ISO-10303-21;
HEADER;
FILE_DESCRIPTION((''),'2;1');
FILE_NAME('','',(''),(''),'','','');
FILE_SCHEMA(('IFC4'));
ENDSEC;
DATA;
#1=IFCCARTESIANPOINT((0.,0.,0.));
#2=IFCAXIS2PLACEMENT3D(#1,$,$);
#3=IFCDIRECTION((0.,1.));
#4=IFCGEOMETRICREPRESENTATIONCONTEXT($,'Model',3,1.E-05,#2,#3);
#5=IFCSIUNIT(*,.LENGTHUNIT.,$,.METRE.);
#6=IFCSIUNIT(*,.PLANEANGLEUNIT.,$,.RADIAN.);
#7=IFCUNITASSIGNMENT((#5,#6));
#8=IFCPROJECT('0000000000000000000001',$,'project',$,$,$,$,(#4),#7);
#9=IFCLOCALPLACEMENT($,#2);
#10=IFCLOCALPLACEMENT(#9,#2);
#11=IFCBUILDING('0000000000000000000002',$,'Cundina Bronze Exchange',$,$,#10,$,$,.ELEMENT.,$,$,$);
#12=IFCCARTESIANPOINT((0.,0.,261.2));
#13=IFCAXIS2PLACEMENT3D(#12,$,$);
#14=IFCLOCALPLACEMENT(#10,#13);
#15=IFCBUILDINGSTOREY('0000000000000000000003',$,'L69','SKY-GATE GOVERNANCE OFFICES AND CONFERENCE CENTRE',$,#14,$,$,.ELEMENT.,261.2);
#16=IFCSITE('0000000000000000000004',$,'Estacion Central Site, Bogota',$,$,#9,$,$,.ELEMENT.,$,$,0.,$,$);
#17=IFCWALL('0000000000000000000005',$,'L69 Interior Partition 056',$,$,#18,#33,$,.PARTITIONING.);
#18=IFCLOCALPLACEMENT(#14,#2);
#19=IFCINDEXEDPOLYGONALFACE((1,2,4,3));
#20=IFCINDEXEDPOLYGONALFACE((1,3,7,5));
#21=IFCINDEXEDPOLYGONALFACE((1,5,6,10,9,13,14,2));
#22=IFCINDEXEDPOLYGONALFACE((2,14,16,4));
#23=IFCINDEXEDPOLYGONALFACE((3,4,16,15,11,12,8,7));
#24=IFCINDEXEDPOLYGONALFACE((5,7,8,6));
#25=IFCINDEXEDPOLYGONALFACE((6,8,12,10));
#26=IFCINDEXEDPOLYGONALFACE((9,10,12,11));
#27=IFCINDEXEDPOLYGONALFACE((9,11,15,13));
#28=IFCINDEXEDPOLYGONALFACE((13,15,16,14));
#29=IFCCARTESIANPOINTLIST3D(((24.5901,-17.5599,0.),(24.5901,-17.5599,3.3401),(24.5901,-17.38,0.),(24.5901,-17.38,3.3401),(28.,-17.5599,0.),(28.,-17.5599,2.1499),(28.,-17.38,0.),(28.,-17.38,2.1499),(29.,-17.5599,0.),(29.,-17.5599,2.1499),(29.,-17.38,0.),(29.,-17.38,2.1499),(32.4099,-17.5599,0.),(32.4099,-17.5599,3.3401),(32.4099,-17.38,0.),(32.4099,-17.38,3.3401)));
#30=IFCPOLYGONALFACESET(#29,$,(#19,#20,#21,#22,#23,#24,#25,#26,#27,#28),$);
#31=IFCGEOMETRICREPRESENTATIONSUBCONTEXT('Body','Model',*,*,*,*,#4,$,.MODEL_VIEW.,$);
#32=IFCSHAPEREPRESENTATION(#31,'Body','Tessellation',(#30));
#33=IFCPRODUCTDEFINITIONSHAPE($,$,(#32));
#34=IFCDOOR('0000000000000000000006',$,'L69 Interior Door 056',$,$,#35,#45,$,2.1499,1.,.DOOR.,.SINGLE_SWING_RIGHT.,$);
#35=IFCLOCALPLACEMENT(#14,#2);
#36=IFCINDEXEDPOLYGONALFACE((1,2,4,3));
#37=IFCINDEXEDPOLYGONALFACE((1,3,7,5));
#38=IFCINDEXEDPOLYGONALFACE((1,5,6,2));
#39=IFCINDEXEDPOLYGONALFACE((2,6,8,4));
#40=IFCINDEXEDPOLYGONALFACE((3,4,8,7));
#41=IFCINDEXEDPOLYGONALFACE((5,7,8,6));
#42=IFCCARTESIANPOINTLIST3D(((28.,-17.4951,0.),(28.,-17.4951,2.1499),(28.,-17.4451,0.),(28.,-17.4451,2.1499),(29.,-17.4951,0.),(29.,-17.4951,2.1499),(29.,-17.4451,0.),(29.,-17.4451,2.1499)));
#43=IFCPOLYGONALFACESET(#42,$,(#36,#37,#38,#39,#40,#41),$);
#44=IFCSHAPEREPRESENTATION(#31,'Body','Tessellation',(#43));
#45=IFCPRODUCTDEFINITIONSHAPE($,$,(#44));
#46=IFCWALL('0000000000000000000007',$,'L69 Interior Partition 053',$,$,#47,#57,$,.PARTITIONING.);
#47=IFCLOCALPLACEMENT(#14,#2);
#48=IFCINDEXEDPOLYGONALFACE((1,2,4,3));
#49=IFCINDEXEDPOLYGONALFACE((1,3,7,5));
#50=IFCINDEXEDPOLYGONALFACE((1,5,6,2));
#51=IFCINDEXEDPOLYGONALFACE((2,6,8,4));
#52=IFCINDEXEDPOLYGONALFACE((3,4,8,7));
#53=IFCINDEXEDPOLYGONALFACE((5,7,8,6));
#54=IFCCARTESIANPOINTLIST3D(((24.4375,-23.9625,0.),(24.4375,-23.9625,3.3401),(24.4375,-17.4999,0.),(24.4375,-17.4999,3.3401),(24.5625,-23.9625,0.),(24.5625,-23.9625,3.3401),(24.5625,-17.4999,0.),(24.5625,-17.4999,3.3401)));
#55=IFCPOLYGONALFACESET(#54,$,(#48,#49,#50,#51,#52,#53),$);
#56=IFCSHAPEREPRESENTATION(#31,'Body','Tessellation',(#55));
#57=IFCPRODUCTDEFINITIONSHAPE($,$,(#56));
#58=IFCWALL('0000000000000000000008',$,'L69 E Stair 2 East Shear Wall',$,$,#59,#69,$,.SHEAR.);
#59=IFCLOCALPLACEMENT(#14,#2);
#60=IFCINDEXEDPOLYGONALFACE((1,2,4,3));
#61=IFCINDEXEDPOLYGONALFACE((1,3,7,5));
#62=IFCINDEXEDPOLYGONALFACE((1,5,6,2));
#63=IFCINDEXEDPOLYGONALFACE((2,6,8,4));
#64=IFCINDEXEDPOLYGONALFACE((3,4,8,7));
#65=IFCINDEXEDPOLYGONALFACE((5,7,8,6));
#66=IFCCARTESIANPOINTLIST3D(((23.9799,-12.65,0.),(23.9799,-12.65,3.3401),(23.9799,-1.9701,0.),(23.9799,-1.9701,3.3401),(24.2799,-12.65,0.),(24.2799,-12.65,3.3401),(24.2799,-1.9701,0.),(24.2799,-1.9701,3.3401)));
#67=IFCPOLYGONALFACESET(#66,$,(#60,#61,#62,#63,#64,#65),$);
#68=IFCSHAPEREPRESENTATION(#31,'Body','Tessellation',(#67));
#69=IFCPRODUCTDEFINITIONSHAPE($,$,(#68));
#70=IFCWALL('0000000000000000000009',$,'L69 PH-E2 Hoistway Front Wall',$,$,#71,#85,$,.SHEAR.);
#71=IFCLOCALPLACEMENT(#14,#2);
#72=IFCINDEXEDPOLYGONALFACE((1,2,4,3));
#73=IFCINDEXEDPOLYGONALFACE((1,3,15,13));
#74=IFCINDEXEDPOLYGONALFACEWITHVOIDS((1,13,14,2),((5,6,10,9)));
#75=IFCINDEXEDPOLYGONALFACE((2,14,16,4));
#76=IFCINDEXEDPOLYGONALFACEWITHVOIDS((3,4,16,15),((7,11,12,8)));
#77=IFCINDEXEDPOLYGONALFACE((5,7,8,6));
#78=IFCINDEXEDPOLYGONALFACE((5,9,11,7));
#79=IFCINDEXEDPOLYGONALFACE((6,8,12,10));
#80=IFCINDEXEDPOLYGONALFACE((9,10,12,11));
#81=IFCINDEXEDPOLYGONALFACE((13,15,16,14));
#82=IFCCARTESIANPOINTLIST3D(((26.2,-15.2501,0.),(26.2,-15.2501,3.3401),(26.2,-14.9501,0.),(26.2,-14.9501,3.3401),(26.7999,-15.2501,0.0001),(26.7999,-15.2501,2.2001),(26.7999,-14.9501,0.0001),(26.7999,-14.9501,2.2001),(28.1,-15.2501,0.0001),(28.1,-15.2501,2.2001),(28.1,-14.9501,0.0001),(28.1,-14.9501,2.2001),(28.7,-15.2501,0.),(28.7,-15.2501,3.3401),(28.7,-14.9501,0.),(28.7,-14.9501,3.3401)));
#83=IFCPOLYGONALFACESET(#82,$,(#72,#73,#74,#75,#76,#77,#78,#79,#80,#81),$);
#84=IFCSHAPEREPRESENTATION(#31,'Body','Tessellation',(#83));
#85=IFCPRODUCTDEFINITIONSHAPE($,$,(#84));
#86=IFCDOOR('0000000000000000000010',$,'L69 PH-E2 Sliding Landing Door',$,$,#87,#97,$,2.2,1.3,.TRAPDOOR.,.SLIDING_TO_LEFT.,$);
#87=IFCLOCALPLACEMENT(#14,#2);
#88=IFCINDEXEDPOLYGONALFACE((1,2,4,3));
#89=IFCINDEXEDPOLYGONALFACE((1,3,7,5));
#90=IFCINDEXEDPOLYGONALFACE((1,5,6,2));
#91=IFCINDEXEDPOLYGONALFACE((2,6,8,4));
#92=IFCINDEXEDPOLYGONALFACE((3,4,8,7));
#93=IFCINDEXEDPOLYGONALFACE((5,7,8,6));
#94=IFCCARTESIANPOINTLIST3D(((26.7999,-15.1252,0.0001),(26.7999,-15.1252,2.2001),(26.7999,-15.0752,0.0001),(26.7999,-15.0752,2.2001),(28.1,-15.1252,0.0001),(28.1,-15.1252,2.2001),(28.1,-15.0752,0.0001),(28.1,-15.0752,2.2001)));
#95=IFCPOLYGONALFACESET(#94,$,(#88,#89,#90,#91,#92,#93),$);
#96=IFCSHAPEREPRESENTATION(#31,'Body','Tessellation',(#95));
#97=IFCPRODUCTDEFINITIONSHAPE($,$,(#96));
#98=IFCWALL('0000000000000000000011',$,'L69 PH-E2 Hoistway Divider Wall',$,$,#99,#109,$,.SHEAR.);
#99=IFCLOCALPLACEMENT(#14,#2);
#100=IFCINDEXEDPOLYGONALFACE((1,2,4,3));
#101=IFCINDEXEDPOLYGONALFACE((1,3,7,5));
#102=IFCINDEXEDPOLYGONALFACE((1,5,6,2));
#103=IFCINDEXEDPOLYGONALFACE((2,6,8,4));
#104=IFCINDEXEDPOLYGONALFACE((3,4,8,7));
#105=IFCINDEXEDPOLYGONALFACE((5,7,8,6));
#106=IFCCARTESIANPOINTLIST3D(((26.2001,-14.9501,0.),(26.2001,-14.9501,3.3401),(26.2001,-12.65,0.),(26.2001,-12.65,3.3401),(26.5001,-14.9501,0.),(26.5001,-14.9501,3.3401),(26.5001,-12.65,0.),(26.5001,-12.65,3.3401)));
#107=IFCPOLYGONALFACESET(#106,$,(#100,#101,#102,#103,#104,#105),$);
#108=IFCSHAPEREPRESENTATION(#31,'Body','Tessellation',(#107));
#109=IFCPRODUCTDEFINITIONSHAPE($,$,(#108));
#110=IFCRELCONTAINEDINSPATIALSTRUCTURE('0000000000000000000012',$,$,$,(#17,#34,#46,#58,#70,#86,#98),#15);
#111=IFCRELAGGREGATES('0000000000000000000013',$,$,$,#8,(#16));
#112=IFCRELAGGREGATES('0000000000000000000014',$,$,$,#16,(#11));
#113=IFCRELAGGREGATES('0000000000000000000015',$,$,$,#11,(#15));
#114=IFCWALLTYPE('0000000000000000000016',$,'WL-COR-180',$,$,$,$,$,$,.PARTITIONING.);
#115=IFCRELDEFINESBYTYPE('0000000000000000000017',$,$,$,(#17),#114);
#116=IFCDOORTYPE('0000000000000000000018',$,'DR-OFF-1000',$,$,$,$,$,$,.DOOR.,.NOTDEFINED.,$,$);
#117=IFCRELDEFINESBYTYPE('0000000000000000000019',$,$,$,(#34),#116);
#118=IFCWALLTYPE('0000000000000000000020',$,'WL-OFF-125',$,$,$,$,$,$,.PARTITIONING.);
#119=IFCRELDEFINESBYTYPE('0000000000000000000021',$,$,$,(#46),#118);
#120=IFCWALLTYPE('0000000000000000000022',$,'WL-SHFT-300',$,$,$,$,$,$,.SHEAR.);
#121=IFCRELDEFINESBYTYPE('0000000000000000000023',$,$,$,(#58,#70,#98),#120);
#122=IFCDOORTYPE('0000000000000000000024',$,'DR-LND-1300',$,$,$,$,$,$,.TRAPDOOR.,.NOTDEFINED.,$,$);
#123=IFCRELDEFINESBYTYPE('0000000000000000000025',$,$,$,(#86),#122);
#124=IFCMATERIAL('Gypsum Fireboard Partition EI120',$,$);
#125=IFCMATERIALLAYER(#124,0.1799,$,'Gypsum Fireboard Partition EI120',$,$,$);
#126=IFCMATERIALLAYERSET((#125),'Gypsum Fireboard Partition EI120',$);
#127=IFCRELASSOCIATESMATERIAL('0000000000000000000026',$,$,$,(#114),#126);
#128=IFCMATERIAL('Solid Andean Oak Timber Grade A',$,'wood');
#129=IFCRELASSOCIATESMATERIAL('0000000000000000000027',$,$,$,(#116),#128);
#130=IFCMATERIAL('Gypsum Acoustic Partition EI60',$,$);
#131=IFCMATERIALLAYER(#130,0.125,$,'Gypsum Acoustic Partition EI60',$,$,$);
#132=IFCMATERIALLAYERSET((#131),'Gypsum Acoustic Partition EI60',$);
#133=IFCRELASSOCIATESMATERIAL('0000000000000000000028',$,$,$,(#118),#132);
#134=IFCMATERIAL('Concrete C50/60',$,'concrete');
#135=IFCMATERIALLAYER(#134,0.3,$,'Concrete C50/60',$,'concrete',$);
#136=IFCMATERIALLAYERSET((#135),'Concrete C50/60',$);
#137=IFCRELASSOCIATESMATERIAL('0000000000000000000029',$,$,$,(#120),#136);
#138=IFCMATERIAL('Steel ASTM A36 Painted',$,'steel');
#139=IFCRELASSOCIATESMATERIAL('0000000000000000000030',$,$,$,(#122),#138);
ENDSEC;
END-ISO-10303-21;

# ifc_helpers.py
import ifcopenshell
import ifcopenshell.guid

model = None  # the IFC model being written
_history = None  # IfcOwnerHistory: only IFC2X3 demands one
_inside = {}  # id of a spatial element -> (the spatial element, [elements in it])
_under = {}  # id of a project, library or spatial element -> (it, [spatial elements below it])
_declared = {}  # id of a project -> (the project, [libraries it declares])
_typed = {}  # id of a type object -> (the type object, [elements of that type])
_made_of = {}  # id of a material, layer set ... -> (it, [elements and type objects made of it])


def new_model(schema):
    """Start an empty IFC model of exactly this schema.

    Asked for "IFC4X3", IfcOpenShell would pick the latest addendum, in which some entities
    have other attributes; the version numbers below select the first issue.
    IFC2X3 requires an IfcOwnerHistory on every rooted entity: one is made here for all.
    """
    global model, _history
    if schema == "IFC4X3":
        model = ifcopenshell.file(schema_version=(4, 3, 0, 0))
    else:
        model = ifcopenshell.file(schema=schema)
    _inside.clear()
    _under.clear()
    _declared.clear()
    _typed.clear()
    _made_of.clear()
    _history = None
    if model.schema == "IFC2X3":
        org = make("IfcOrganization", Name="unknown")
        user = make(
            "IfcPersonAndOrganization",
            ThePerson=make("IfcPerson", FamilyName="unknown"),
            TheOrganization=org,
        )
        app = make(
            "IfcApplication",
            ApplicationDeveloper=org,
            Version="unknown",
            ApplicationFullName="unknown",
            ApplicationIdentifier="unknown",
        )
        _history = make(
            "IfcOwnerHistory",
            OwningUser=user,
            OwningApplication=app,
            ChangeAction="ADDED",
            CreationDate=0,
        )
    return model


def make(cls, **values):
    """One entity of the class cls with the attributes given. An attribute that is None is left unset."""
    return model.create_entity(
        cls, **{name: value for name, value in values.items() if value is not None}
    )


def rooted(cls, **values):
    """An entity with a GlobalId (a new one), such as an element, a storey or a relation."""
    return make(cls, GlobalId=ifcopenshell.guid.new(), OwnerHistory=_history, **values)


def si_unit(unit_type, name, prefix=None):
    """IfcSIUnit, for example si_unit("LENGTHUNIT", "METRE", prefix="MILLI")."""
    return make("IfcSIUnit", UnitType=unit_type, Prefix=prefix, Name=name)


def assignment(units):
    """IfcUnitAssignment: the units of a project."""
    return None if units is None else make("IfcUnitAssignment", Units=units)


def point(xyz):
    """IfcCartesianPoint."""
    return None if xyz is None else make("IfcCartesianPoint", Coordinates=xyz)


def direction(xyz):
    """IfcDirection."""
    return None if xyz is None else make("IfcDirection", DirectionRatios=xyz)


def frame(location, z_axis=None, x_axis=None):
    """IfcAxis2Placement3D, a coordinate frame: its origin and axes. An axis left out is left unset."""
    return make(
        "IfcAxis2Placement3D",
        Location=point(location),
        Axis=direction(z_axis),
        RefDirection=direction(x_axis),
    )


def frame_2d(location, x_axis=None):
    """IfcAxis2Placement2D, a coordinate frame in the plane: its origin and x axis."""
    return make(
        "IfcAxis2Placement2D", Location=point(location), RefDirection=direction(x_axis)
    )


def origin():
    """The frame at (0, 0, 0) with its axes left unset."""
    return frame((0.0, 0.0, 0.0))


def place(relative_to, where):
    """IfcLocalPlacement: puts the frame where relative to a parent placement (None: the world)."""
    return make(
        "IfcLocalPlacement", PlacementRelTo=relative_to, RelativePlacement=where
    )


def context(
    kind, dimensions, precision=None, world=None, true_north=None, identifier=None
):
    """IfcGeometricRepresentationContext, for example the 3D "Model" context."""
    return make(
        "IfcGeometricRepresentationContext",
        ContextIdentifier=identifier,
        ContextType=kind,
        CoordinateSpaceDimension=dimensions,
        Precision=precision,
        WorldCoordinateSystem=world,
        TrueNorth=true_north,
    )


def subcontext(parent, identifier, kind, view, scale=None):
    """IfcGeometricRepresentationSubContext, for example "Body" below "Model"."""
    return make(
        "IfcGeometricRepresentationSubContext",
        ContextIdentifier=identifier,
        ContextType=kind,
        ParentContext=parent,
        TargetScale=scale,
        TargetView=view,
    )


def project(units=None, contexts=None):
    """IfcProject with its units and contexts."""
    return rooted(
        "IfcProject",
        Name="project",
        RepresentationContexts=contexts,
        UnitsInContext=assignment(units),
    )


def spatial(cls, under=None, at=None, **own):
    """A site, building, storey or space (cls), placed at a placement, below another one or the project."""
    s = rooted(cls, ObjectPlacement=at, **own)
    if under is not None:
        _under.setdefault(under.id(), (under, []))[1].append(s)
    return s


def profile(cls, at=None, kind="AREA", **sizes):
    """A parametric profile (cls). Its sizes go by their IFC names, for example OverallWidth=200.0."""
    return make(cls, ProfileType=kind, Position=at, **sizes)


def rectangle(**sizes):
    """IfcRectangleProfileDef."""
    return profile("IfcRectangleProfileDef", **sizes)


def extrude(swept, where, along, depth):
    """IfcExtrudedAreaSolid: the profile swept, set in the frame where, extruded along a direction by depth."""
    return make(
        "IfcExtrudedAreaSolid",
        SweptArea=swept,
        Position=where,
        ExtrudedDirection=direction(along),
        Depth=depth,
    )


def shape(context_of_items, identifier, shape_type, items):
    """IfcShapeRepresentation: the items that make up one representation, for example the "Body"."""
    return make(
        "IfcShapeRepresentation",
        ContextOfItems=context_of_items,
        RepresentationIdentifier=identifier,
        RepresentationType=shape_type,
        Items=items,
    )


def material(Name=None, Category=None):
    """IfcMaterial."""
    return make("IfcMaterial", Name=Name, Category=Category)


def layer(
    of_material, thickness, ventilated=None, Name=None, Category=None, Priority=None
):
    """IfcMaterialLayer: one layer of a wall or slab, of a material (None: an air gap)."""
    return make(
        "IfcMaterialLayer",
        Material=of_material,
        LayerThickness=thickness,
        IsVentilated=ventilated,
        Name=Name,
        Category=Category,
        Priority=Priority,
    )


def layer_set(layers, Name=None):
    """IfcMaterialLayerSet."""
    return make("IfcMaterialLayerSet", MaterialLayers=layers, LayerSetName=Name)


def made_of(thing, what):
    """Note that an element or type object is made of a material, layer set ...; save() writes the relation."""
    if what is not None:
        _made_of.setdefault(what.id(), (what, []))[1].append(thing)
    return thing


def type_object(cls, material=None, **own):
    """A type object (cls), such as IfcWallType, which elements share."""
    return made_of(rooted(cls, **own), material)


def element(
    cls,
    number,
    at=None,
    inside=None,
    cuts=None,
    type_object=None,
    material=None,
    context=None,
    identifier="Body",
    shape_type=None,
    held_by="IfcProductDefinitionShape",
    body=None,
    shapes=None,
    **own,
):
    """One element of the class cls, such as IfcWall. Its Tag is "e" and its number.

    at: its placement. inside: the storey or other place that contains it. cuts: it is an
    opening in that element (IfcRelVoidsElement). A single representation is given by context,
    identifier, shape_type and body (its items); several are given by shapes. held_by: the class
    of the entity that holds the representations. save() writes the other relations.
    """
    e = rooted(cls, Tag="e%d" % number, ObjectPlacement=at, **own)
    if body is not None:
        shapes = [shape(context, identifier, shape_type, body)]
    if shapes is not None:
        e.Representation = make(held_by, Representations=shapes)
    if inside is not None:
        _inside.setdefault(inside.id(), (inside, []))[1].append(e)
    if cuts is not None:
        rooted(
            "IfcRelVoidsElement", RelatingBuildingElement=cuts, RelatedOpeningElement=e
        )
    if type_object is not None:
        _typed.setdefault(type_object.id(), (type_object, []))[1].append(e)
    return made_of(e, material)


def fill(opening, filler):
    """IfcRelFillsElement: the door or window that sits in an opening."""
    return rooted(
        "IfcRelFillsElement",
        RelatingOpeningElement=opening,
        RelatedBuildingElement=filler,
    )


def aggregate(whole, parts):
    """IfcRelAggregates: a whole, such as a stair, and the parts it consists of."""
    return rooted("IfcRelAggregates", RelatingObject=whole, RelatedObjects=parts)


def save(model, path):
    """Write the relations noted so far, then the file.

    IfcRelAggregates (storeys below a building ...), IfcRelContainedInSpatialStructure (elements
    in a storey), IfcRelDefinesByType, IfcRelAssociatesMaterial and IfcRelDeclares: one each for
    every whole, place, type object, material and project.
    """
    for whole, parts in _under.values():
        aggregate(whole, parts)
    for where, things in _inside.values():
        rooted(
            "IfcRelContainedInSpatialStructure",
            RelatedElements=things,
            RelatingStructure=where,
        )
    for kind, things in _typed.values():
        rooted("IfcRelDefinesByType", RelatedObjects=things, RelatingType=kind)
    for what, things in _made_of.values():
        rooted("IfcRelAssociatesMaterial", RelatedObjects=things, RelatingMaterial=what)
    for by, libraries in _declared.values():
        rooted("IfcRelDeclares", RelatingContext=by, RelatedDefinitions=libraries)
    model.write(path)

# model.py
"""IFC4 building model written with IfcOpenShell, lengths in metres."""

from ifc_helpers import new_model, si_unit, direction, frame, frame_2d, origin, place, context, subcontext, project, spatial, rectangle, extrude, material, layer, layer_set, type_object, element, fill, save


model = new_model("IFC4")

# Units and contexts
model_context = context("Model", 3, precision=1e-05, world=origin(), true_north=direction((0.0, 1.0)))
body_context = subcontext(model_context, "Body", "Model", "MODEL_VIEW")
ifc_project = project(units=[si_unit("LENGTHUNIT", "METRE"), si_unit("PLANEANGLEUNIT", "RADIAN")], contexts=[model_context])

# Site, building, storey
site_placement = place(None, origin())
site = spatial("IfcSite", under=ifc_project, at=site_placement, Name="Estacion Central Site, Bogota", CompositionType="ELEMENT", RefElevation=0.0)
building_placement = place(site_placement, origin())
building = spatial("IfcBuilding", under=site, at=building_placement, Name="Cundina Bronze Exchange", CompositionType="ELEMENT")
storey_placement = place(building_placement, frame((0.0, 0.0, 261.2)))
storey = spatial("IfcBuildingStorey", under=building, at=storey_placement, Name="L69", Description="SKY-GATE GOVERNANCE OFFICES AND CONFERENCE CENTRE", CompositionType="ELEMENT", Elevation=261.2)

# Shared definitions
ifc_material_1 = material(Name="Concrete C50/60", Category="concrete")

# Shared definitions
ifc_material_2 = material(Name="Gypsum Fireboard Partition EI120")
ifc_layer_1 = layer(ifc_material_2, 0.1799, Name="Gypsum Fireboard Partition EI120")
ifc_layer_set_1 = layer_set([ifc_layer_1], Name="Gypsum Fireboard Partition EI120")
wall_type_1 = type_object("IfcWallType", Name="WL-COR-180", PredefinedType="PARTITIONING", material=ifc_layer_set_1)

# Wall, opening, door
wall_1_placement = place(storey_placement, frame((24.5901, -17.47, 0.0), z_axis=(0.0, 0.0, 1.0), x_axis=(1.0, 0.0, 0.0)))
wall_1 = element("IfcWall", 1, at=wall_1_placement, inside=storey, type_object=wall_type_1, Name="L69 Interior Partition 056", PredefinedType="PARTITIONING", context=body_context, shape_type="SweptSolid", body=[
    extrude(rectangle(XDim=7.8198, YDim=0.1799, at=frame_2d((3.9099, 0.0))), origin(), (0.0, 0.0, 1.0), 3.3401),
])
opening_1_placement = place(wall_1_placement, frame((3.4099, 0.0, 0.0)))
opening_1 = element("IfcOpeningElement", 2, at=opening_1_placement, cuts=wall_1, PredefinedType="OPENING", context=body_context, shape_type="SweptSolid", body=[
    extrude(rectangle(XDim=1.0, YDim=2.1499, at=frame_2d((0.5, 1.075))), frame((0.0, 0.0999, 0.0), z_axis=(0.0, -1.0, 0.0), x_axis=(1.0, 0.0, 0.0)), (0.0, 0.0, 1.0), 0.2),
])
ifc_material_3 = material(Name="Solid Andean Oak Timber Grade A", Category="wood")
door_type_1 = type_object("IfcDoorType", Name="DR-OFF-1000", OperationType="NOTDEFINED", PredefinedType="DOOR", material=ifc_material_3)
door_1_placement = place(opening_1_placement, origin())
door_1 = element("IfcDoor", 3, at=door_1_placement, inside=storey, type_object=door_type_1, Name="L69 Interior Door 056", OperationType="SINGLE_SWING_RIGHT", OverallHeight=2.1499, OverallWidth=1.0, PredefinedType="DOOR", context=body_context, shape_type="SweptSolid", body=[
    extrude(rectangle(XDim=1.0, YDim=2.1499, at=frame_2d((0.5, 1.075))), frame((0.0, 0.0249, 0.0), z_axis=(0.0, -1.0, 0.0), x_axis=(1.0, 0.0, 0.0)), (0.0, 0.0, 1.0), 0.05),
])
fill(opening_1, door_1)

# Walls
ifc_material_4 = material(Name="Gypsum Acoustic Partition EI60")
ifc_layer_2 = layer(ifc_material_4, 0.125, Name="Gypsum Acoustic Partition EI60")
ifc_layer_set_2 = layer_set([ifc_layer_2], Name="Gypsum Acoustic Partition EI60")
wall_type_2 = type_object("IfcWallType", Name="WL-OFF-125", PredefinedType="PARTITIONING", material=ifc_layer_set_2)
wall_2_placement = place(storey_placement, frame((24.5, -23.9626, 0.0), z_axis=(0.0, 0.0, 1.0), x_axis=(0.0, 1.0, 0.0)))
element("IfcWall", 4, at=wall_2_placement, inside=storey, type_object=wall_type_2, Name="L69 Interior Partition 053", PredefinedType="PARTITIONING", context=body_context, shape_type="SweptSolid", body=[
    extrude(rectangle(XDim=6.4626, YDim=0.125, at=frame_2d((3.2314, 0.0))), origin(), (0.0, 0.0, 1.0), 3.3401),
])
ifc_layer_3 = layer(ifc_material_1, 0.3, Name="Concrete C50/60", Category="concrete")
ifc_layer_set_3 = layer_set([ifc_layer_3], Name="Concrete C50/60")
wall_type_3 = type_object("IfcWallType", Name="WL-SHFT-300", PredefinedType="SHEAR", material=ifc_layer_set_3)
wall_3_placement = place(storey_placement, frame((24.1299, -12.6499, 0.0), z_axis=(0.0, 0.0, 1.0), x_axis=(0.0, 1.0, 0.0)))
element("IfcWall", 5, at=wall_3_placement, inside=storey, type_object=wall_type_3, Name="L69 E Stair 2 East Shear Wall", PredefinedType="SHEAR", context=body_context, shape_type="SweptSolid", body=[
    extrude(rectangle(XDim=10.6799, YDim=0.3, at=frame_2d((5.3398, 0.0))), origin(), (0.0, 0.0, 1.0), 3.3401),
])

# Wall, opening, door
wall_4_placement = place(storey_placement, frame((26.2, -15.1001, 0.0), z_axis=(0.0, 0.0, 1.0), x_axis=(1.0, 0.0, 0.0)))
wall_4 = element("IfcWall", 6, at=wall_4_placement, inside=storey, type_object=wall_type_3, Name="L69 PH-E2 Hoistway Front Wall", PredefinedType="SHEAR", context=body_context, shape_type="SweptSolid", body=[
    extrude(rectangle(XDim=2.5, YDim=0.3, at=frame_2d((1.25, 0.0))), origin(), (0.0, 0.0, 1.0), 3.3401),
])
opening_2_placement = place(wall_4_placement, frame((0.6001, 0.0, 0.0)))
opening_2 = element("IfcOpeningElement", 7, at=opening_2_placement, cuts=wall_4, PredefinedType="OPENING", context=body_context, shape_type="SweptSolid", body=[
    extrude(rectangle(XDim=1.3, YDim=2.2, at=frame_2d((0.6499, 1.1001))), frame((0.0, 0.1599, 0.0), z_axis=(0.0, -1.0, 0.0), x_axis=(1.0, 0.0, 0.0)), (0.0, 0.0, 1.0), 0.3201),
])
ifc_material_5 = material(Name="Steel ASTM A36 Painted", Category="steel")
door_type_2 = type_object("IfcDoorType", Name="DR-LND-1300", OperationType="NOTDEFINED", PredefinedType="TRAPDOOR", material=ifc_material_5)
door_2_placement = place(opening_2_placement, origin())
door_2 = element("IfcDoor", 8, at=door_2_placement, inside=storey, type_object=door_type_2, Name="L69 PH-E2 Sliding Landing Door", OperationType="SLIDING_TO_LEFT", OverallHeight=2.2, OverallWidth=1.3, PredefinedType="TRAPDOOR", context=body_context, shape_type="SweptSolid", body=[
    extrude(rectangle(XDim=1.3, YDim=2.2, at=frame_2d((0.6499, 1.1001))), frame((0.0, 0.0249, 0.0), z_axis=(0.0, -1.0, 0.0), x_axis=(1.0, 0.0, 0.0)), (0.0, 0.0, 1.0), 0.05),
])
fill(opening_2, door_2)

# Wall
wall_5_placement = place(storey_placement, frame((26.3501, -14.95, 0.0), z_axis=(0.0, 0.0, 1.0), x_axis=(0.0, 1.0, 0.0)))
element("IfcWall", 9, at=wall_5_placement, inside=storey, type_object=wall_type_3, Name="L69 PH-E2 Hoistway Divider Wall", PredefinedType="SHEAR", context=body_context, shape_type="SweptSolid", body=[
    extrude(rectangle(XDim=2.3, YDim=0.3, at=frame_2d((1.1499, 0.0))), origin(), (0.0, 0.0, 1.0), 3.3401),
])

save(model, "model.ifc")
